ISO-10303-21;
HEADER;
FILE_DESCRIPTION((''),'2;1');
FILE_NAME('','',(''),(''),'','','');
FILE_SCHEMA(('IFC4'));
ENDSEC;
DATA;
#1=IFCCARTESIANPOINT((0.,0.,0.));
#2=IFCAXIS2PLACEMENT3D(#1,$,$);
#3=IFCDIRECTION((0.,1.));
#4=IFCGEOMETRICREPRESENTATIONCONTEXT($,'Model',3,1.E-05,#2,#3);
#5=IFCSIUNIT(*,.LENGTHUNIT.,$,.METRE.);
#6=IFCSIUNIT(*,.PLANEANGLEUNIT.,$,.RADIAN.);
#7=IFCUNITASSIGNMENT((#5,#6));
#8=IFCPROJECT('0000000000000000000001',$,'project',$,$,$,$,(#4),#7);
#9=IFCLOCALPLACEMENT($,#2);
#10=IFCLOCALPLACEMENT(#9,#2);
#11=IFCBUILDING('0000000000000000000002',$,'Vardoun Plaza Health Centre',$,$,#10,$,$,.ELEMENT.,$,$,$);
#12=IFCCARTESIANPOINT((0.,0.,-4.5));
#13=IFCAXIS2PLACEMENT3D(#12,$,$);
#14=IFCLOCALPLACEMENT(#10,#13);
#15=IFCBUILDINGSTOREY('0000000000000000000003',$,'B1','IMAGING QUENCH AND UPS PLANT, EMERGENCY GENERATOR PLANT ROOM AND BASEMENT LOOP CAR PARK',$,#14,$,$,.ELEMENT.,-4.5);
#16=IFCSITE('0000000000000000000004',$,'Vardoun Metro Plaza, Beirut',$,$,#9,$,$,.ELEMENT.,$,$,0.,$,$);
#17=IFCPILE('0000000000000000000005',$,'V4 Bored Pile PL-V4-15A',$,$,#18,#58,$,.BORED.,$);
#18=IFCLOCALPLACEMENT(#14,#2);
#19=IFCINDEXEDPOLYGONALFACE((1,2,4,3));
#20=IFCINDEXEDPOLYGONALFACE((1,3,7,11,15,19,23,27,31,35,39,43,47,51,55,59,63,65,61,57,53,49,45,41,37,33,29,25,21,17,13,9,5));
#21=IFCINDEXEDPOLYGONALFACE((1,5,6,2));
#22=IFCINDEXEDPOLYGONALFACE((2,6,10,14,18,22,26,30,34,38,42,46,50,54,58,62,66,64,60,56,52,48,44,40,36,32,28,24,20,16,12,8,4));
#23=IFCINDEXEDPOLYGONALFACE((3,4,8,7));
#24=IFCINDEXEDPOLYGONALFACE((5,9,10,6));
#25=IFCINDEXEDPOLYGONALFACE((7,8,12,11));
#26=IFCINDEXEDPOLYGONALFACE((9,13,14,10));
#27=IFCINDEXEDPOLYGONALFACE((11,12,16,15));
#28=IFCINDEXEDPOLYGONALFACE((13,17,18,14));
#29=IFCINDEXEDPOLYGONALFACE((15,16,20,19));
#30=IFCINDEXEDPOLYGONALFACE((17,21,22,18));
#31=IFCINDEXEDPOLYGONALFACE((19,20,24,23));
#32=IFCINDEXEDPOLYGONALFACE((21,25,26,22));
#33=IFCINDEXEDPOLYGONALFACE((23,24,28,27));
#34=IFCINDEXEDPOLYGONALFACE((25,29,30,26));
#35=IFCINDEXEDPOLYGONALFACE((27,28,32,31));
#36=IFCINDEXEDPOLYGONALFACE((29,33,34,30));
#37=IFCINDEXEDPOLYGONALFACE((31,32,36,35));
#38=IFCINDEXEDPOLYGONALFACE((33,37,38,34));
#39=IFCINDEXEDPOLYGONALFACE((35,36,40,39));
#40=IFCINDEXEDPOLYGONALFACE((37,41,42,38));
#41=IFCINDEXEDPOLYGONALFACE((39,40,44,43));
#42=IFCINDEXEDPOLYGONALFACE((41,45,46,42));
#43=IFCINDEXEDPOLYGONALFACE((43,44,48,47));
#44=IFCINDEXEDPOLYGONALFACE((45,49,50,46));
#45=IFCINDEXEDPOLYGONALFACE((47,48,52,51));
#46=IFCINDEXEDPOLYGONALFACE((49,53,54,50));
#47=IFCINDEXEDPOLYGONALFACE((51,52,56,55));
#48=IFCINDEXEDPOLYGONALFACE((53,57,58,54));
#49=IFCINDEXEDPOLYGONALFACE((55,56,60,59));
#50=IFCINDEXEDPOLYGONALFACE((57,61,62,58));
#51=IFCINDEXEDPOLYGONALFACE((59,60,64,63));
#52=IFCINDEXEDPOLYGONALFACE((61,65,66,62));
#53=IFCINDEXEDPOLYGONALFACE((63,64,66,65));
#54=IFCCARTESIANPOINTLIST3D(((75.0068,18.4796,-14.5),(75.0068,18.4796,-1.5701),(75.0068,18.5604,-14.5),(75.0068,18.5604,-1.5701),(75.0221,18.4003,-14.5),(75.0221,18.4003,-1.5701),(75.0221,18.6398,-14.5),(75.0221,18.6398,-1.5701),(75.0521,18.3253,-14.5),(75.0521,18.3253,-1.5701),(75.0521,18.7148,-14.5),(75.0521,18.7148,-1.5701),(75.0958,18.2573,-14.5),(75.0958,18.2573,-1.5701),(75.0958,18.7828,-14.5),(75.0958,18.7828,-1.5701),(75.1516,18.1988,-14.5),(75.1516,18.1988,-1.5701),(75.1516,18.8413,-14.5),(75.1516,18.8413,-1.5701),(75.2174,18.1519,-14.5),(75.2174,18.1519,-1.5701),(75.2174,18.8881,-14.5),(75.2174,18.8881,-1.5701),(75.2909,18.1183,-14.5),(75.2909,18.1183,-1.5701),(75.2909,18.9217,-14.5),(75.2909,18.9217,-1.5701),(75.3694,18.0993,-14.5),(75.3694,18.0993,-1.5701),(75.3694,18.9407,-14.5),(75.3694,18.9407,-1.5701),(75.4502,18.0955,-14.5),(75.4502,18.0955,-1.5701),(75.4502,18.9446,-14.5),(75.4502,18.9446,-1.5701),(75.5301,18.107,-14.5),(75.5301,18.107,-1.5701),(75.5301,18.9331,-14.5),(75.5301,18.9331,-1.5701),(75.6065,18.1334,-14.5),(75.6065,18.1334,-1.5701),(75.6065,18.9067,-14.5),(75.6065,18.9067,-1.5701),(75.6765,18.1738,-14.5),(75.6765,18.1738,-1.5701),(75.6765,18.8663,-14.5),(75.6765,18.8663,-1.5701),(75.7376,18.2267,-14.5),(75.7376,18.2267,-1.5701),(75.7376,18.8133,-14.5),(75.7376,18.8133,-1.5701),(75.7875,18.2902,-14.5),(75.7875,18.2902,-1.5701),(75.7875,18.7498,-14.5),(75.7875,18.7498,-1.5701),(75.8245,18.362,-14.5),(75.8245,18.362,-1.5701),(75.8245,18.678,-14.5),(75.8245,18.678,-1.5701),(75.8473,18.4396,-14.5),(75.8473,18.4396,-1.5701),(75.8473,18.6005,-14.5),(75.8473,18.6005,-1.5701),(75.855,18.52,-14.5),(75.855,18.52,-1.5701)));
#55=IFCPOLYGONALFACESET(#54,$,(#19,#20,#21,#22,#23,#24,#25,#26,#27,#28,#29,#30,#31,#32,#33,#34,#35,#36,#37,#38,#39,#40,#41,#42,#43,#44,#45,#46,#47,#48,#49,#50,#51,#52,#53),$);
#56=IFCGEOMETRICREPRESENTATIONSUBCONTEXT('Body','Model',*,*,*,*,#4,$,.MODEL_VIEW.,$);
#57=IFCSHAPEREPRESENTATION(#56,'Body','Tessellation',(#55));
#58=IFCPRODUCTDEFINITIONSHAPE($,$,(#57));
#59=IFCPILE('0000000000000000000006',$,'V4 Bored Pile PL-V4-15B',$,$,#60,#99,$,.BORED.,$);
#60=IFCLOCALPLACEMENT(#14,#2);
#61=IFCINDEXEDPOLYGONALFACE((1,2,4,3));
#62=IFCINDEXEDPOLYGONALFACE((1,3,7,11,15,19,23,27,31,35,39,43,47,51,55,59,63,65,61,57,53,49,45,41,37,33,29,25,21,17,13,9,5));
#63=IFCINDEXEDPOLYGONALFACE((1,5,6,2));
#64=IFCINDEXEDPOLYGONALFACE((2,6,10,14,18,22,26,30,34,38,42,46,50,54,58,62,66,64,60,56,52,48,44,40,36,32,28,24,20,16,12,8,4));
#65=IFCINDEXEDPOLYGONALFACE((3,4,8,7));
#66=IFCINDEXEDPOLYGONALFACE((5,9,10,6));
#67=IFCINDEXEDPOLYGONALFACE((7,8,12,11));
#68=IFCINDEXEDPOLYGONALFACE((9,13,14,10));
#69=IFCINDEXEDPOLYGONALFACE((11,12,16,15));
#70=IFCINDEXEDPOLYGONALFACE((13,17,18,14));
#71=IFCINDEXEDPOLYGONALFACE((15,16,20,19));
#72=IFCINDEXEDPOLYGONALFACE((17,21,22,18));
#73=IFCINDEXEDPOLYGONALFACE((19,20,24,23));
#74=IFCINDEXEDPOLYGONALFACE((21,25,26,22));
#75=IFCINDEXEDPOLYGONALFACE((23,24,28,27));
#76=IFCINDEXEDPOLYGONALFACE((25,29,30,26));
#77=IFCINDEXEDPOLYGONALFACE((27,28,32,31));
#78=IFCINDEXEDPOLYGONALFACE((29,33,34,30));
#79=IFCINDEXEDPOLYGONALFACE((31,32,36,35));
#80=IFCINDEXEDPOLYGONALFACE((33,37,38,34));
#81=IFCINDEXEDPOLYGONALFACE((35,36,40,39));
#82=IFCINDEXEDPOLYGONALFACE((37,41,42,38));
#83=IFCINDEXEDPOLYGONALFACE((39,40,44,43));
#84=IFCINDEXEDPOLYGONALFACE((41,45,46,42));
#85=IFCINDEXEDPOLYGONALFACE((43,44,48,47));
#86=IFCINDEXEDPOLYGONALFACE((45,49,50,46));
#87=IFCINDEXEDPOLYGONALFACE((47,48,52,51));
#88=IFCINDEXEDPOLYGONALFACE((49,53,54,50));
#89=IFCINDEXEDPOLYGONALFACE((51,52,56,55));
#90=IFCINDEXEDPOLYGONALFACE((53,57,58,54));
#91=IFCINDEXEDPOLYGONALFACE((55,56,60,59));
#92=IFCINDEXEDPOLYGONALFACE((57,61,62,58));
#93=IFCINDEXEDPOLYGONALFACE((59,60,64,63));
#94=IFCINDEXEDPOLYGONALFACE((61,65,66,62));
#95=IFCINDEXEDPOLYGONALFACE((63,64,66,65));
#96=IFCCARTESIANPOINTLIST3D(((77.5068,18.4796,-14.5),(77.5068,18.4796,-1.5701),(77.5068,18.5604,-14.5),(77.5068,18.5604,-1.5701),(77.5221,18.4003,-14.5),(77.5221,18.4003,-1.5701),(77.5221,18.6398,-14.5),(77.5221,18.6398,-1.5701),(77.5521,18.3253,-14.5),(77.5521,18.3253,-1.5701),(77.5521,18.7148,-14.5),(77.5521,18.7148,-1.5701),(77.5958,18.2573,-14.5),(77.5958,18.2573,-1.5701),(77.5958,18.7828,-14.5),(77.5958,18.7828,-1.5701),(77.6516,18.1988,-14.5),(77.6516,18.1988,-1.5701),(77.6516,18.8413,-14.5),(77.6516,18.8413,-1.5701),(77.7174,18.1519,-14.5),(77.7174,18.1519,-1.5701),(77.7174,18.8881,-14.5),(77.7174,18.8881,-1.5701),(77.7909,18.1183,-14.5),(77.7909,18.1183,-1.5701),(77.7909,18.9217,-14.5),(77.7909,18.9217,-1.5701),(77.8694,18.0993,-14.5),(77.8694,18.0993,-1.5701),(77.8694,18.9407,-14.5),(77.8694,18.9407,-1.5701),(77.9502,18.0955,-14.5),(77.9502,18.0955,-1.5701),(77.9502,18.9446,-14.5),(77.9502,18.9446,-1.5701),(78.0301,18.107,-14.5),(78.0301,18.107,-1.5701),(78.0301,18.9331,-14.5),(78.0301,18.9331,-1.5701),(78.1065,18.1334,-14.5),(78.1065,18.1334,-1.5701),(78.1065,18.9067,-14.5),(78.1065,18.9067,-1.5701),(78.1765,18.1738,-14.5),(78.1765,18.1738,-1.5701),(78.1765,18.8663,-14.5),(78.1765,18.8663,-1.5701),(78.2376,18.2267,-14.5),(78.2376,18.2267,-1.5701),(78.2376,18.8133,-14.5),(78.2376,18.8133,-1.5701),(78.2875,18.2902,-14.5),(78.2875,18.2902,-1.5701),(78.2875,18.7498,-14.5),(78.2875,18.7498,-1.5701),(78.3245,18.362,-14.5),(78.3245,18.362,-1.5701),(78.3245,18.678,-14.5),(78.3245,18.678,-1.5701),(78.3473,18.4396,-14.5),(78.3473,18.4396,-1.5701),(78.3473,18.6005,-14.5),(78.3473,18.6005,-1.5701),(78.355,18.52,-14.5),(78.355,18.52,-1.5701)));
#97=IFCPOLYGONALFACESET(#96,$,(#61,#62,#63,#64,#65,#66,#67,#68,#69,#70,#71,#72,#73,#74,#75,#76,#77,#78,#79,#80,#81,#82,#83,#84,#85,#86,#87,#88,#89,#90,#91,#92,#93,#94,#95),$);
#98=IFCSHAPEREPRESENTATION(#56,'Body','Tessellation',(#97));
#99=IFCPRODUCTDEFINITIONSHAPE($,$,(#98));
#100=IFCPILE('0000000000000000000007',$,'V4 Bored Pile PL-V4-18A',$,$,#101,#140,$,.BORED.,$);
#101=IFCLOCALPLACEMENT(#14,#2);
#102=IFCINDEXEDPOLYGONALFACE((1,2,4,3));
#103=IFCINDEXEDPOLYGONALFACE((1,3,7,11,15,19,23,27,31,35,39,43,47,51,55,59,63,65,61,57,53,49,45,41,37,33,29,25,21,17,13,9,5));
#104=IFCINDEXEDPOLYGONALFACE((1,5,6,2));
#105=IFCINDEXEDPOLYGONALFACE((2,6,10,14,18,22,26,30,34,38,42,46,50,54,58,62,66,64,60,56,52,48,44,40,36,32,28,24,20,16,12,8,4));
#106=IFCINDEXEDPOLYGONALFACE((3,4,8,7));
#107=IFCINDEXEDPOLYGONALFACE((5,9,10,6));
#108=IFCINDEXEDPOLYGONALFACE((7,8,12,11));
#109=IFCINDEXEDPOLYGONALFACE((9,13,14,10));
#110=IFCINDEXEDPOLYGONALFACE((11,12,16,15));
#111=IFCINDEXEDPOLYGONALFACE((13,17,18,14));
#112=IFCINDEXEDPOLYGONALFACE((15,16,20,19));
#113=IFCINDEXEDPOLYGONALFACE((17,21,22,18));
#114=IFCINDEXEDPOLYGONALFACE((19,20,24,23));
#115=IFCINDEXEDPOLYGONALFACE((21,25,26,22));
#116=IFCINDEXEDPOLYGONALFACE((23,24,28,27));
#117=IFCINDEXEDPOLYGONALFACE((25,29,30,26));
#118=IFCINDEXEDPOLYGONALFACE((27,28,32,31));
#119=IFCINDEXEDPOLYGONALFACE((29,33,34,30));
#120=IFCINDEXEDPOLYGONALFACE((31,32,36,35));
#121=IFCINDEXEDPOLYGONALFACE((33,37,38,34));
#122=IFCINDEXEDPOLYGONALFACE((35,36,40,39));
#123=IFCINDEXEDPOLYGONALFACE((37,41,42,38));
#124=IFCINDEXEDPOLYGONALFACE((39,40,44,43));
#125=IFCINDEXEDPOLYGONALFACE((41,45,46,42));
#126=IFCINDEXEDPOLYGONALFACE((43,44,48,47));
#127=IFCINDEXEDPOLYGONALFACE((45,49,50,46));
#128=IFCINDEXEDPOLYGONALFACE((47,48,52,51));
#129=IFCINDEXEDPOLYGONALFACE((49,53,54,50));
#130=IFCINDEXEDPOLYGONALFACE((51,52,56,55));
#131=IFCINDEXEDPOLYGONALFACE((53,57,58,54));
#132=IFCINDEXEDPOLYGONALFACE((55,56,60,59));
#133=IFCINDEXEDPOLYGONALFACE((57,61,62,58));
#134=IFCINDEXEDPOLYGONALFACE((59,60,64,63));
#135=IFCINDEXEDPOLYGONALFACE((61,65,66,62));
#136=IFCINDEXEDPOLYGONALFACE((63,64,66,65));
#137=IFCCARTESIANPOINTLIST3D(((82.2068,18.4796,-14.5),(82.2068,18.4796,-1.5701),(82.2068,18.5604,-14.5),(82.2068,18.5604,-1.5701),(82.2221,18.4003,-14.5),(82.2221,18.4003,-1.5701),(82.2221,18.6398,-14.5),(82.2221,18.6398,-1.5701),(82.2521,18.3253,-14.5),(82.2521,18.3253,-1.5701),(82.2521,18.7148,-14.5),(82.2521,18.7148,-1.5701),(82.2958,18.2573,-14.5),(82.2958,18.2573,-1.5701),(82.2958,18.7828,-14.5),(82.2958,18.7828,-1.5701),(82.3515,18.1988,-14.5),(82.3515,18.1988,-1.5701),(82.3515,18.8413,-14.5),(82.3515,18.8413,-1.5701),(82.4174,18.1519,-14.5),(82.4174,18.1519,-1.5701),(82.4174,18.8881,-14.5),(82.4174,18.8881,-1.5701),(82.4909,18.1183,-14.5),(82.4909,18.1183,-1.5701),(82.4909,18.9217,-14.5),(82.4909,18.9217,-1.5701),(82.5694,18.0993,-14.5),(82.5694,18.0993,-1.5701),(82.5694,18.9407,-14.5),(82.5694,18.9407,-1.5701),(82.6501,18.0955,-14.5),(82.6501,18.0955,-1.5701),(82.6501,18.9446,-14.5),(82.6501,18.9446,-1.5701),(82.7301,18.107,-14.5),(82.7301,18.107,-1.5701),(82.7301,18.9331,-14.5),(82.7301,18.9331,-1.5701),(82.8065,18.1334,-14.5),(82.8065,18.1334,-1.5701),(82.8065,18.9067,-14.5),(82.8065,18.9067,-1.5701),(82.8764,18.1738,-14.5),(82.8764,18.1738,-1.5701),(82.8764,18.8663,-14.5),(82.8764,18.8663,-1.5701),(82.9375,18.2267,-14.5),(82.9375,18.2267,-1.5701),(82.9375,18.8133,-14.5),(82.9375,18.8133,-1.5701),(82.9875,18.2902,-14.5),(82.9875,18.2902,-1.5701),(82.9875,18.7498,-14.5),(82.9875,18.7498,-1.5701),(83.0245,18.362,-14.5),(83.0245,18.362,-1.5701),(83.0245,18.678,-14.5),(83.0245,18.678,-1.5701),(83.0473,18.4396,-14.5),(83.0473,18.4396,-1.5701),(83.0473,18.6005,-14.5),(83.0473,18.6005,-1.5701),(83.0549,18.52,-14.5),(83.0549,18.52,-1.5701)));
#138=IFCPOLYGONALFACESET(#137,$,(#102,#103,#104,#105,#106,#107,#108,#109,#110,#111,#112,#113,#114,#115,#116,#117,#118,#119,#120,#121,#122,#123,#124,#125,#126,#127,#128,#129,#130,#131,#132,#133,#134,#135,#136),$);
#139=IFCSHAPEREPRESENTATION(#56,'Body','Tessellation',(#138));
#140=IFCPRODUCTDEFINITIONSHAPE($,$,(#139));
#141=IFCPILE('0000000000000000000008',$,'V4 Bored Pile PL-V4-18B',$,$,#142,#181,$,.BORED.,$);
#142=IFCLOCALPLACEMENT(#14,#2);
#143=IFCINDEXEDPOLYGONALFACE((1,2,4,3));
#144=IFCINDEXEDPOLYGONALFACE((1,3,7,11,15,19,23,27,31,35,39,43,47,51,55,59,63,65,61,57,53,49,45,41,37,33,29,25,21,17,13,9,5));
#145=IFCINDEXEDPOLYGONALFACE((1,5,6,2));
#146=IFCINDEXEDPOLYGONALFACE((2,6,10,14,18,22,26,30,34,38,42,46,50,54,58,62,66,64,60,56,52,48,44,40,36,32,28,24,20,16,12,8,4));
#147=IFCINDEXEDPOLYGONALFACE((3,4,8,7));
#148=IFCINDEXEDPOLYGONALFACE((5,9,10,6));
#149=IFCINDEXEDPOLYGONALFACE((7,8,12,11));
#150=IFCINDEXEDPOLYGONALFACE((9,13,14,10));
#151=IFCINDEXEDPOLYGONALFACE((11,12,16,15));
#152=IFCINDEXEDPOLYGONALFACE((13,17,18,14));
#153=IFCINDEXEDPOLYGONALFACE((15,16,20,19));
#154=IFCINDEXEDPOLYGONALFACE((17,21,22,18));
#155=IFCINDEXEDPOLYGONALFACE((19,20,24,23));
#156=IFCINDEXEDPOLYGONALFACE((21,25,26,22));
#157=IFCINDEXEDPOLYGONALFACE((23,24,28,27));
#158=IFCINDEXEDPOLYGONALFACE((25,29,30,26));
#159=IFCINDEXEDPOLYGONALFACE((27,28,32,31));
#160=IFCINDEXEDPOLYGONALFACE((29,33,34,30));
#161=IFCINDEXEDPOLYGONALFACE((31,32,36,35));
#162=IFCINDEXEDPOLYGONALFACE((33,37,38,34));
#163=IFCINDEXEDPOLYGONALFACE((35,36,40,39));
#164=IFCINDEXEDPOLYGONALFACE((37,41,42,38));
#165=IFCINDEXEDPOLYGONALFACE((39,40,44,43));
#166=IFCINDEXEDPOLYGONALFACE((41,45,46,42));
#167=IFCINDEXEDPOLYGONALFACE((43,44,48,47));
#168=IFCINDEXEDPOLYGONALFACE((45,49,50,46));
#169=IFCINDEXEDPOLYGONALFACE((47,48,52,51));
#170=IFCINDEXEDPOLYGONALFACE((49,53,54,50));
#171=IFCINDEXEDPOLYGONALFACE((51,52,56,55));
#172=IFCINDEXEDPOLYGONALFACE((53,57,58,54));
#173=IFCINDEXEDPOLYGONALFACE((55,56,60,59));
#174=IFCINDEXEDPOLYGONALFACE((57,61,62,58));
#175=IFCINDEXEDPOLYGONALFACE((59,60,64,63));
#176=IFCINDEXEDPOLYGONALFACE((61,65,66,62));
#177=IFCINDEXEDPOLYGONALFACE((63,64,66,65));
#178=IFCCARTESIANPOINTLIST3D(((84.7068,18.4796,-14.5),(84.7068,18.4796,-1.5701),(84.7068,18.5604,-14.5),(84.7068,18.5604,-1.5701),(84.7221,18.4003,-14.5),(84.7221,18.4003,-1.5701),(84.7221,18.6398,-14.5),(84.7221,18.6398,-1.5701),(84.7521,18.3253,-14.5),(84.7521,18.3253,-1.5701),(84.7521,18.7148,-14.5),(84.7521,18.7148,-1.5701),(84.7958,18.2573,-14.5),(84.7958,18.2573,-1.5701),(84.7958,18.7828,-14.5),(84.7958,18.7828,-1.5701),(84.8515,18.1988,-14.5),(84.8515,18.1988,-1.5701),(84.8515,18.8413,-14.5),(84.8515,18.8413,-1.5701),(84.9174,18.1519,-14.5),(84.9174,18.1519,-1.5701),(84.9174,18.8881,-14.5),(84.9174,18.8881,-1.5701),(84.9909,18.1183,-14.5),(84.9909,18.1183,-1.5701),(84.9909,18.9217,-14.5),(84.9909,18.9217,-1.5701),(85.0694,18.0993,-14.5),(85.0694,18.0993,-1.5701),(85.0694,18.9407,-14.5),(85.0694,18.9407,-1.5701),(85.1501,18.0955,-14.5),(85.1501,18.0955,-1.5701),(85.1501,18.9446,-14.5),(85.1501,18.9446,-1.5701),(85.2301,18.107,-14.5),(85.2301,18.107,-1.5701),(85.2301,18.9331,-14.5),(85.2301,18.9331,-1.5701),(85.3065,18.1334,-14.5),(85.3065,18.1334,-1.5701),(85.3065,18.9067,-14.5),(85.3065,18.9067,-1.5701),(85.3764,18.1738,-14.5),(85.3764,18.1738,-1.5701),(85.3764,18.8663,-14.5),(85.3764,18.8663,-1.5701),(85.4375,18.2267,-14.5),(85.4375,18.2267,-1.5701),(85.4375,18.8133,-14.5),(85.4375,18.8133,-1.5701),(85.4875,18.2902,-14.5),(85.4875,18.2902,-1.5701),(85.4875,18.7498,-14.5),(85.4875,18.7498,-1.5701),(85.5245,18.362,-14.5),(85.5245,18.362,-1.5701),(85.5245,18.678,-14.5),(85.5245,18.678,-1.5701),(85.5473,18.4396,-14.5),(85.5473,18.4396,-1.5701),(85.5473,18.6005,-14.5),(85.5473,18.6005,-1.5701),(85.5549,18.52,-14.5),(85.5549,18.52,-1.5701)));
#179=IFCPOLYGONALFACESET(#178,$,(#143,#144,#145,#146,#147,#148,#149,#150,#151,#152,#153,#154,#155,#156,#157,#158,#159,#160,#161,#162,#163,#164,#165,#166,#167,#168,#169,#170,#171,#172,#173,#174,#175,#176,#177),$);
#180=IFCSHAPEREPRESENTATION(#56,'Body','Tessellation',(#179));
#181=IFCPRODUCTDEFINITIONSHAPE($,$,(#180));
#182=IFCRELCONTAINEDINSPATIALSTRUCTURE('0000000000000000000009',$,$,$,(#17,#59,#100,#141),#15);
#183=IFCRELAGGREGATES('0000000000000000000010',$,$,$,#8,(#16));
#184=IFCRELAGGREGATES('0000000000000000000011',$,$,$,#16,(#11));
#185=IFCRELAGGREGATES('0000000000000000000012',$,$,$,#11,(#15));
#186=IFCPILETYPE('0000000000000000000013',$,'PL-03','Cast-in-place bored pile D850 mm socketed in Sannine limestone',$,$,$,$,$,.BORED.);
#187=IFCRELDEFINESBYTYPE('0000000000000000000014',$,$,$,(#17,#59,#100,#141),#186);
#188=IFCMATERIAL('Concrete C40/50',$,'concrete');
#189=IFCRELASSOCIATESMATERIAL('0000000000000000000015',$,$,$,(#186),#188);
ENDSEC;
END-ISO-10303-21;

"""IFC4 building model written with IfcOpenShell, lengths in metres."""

from ifc_helpers import new_model, si_unit, direction, frame, origin, origin_2d, place, context, subcontext, project, spatial, circle, extrude, material, material_profile, profile_set, type_object, element, save


model = new_model("IFC4")

# Units and contexts
model_context = context("Model", 3, precision=1e-05, world=origin(), true_north=direction((0.0, 1.0)))
body_context = subcontext(model_context, "Body", "Model", "MODEL_VIEW")
ifc_project = project(units=[si_unit("LENGTHUNIT", "METRE"), si_unit("PLANEANGLEUNIT", "RADIAN")], contexts=[model_context])

# Site, building, storey
site_placement = place(None, origin())
site = spatial("IfcSite", under=ifc_project, at=site_placement, Name="Vardoun Metro Plaza, Beirut", CompositionType="ELEMENT", RefElevation=0.0)
building_placement = place(site_placement, origin())
building = spatial("IfcBuilding", under=site, at=building_placement, Name="Vardoun Plaza Health Centre", CompositionType="ELEMENT")
storey_placement = place(building_placement, frame((0.0, 0.0, -4.5)))
storey = spatial("IfcBuildingStorey", under=building, at=storey_placement, Name="B1", Description="IMAGING QUENCH AND UPS PLANT, EMERGENCY GENERATOR PLANT ROOM AND BASEMENT LOOP CAR PARK", CompositionType="ELEMENT", Elevation=-4.5)

# Piles
ifc_material_1 = material(Name="Concrete C40/50", Category="concrete")
ifc_material_profile_1 = material_profile(ifc_material_1, circle(Radius=0.425, at=origin_2d()), Name="PILE D850")
ifc_profile_set_1 = profile_set([ifc_material_profile_1], Name="Concrete C40/50")
pile_type_1 = type_object("IfcPileType", Name="PL-03", Description="Cast-in-place bored pile D850 mm socketed in Sannine limestone", PredefinedType="BORED", material=ifc_profile_set_1)
for number, where, z_axis, x_axis, name in (
    (1, (75.4299, 18.52, -1.5701), (0.0, 0.0, -1.0), (1.0, 0.0, 0.0), "V4 Bored Pile PL-V4-15A"),
    (2, (77.9299, 18.52, -1.5701), (0.0, 0.0, -1.0), (1.0, 0.0, 0.0), "V4 Bored Pile PL-V4-15B"),
    (3, (82.6299, 18.52, -1.5701), (0.0, 0.0, -1.0), (1.0, 0.0, 0.0), "V4 Bored Pile PL-V4-18A"),
    (4, (85.1299, 18.52, -1.5701), (0.0, 0.0, -1.0), (1.0, 0.0, 0.0), "V4 Bored Pile PL-V4-18B"),
):
    element("IfcPile", number, at=place(storey_placement, frame(where, z_axis=z_axis, x_axis=x_axis)), inside=storey, type_object=pile_type_1, Name=name, PredefinedType="BORED", context=body_context, shape_type="SweptSolid", body=[
        extrude(circle(Radius=0.425, at=origin_2d()), origin(), (0.0, 0.0, 1.0), 12.9299),
    ])

save(model, "model.ifc")
